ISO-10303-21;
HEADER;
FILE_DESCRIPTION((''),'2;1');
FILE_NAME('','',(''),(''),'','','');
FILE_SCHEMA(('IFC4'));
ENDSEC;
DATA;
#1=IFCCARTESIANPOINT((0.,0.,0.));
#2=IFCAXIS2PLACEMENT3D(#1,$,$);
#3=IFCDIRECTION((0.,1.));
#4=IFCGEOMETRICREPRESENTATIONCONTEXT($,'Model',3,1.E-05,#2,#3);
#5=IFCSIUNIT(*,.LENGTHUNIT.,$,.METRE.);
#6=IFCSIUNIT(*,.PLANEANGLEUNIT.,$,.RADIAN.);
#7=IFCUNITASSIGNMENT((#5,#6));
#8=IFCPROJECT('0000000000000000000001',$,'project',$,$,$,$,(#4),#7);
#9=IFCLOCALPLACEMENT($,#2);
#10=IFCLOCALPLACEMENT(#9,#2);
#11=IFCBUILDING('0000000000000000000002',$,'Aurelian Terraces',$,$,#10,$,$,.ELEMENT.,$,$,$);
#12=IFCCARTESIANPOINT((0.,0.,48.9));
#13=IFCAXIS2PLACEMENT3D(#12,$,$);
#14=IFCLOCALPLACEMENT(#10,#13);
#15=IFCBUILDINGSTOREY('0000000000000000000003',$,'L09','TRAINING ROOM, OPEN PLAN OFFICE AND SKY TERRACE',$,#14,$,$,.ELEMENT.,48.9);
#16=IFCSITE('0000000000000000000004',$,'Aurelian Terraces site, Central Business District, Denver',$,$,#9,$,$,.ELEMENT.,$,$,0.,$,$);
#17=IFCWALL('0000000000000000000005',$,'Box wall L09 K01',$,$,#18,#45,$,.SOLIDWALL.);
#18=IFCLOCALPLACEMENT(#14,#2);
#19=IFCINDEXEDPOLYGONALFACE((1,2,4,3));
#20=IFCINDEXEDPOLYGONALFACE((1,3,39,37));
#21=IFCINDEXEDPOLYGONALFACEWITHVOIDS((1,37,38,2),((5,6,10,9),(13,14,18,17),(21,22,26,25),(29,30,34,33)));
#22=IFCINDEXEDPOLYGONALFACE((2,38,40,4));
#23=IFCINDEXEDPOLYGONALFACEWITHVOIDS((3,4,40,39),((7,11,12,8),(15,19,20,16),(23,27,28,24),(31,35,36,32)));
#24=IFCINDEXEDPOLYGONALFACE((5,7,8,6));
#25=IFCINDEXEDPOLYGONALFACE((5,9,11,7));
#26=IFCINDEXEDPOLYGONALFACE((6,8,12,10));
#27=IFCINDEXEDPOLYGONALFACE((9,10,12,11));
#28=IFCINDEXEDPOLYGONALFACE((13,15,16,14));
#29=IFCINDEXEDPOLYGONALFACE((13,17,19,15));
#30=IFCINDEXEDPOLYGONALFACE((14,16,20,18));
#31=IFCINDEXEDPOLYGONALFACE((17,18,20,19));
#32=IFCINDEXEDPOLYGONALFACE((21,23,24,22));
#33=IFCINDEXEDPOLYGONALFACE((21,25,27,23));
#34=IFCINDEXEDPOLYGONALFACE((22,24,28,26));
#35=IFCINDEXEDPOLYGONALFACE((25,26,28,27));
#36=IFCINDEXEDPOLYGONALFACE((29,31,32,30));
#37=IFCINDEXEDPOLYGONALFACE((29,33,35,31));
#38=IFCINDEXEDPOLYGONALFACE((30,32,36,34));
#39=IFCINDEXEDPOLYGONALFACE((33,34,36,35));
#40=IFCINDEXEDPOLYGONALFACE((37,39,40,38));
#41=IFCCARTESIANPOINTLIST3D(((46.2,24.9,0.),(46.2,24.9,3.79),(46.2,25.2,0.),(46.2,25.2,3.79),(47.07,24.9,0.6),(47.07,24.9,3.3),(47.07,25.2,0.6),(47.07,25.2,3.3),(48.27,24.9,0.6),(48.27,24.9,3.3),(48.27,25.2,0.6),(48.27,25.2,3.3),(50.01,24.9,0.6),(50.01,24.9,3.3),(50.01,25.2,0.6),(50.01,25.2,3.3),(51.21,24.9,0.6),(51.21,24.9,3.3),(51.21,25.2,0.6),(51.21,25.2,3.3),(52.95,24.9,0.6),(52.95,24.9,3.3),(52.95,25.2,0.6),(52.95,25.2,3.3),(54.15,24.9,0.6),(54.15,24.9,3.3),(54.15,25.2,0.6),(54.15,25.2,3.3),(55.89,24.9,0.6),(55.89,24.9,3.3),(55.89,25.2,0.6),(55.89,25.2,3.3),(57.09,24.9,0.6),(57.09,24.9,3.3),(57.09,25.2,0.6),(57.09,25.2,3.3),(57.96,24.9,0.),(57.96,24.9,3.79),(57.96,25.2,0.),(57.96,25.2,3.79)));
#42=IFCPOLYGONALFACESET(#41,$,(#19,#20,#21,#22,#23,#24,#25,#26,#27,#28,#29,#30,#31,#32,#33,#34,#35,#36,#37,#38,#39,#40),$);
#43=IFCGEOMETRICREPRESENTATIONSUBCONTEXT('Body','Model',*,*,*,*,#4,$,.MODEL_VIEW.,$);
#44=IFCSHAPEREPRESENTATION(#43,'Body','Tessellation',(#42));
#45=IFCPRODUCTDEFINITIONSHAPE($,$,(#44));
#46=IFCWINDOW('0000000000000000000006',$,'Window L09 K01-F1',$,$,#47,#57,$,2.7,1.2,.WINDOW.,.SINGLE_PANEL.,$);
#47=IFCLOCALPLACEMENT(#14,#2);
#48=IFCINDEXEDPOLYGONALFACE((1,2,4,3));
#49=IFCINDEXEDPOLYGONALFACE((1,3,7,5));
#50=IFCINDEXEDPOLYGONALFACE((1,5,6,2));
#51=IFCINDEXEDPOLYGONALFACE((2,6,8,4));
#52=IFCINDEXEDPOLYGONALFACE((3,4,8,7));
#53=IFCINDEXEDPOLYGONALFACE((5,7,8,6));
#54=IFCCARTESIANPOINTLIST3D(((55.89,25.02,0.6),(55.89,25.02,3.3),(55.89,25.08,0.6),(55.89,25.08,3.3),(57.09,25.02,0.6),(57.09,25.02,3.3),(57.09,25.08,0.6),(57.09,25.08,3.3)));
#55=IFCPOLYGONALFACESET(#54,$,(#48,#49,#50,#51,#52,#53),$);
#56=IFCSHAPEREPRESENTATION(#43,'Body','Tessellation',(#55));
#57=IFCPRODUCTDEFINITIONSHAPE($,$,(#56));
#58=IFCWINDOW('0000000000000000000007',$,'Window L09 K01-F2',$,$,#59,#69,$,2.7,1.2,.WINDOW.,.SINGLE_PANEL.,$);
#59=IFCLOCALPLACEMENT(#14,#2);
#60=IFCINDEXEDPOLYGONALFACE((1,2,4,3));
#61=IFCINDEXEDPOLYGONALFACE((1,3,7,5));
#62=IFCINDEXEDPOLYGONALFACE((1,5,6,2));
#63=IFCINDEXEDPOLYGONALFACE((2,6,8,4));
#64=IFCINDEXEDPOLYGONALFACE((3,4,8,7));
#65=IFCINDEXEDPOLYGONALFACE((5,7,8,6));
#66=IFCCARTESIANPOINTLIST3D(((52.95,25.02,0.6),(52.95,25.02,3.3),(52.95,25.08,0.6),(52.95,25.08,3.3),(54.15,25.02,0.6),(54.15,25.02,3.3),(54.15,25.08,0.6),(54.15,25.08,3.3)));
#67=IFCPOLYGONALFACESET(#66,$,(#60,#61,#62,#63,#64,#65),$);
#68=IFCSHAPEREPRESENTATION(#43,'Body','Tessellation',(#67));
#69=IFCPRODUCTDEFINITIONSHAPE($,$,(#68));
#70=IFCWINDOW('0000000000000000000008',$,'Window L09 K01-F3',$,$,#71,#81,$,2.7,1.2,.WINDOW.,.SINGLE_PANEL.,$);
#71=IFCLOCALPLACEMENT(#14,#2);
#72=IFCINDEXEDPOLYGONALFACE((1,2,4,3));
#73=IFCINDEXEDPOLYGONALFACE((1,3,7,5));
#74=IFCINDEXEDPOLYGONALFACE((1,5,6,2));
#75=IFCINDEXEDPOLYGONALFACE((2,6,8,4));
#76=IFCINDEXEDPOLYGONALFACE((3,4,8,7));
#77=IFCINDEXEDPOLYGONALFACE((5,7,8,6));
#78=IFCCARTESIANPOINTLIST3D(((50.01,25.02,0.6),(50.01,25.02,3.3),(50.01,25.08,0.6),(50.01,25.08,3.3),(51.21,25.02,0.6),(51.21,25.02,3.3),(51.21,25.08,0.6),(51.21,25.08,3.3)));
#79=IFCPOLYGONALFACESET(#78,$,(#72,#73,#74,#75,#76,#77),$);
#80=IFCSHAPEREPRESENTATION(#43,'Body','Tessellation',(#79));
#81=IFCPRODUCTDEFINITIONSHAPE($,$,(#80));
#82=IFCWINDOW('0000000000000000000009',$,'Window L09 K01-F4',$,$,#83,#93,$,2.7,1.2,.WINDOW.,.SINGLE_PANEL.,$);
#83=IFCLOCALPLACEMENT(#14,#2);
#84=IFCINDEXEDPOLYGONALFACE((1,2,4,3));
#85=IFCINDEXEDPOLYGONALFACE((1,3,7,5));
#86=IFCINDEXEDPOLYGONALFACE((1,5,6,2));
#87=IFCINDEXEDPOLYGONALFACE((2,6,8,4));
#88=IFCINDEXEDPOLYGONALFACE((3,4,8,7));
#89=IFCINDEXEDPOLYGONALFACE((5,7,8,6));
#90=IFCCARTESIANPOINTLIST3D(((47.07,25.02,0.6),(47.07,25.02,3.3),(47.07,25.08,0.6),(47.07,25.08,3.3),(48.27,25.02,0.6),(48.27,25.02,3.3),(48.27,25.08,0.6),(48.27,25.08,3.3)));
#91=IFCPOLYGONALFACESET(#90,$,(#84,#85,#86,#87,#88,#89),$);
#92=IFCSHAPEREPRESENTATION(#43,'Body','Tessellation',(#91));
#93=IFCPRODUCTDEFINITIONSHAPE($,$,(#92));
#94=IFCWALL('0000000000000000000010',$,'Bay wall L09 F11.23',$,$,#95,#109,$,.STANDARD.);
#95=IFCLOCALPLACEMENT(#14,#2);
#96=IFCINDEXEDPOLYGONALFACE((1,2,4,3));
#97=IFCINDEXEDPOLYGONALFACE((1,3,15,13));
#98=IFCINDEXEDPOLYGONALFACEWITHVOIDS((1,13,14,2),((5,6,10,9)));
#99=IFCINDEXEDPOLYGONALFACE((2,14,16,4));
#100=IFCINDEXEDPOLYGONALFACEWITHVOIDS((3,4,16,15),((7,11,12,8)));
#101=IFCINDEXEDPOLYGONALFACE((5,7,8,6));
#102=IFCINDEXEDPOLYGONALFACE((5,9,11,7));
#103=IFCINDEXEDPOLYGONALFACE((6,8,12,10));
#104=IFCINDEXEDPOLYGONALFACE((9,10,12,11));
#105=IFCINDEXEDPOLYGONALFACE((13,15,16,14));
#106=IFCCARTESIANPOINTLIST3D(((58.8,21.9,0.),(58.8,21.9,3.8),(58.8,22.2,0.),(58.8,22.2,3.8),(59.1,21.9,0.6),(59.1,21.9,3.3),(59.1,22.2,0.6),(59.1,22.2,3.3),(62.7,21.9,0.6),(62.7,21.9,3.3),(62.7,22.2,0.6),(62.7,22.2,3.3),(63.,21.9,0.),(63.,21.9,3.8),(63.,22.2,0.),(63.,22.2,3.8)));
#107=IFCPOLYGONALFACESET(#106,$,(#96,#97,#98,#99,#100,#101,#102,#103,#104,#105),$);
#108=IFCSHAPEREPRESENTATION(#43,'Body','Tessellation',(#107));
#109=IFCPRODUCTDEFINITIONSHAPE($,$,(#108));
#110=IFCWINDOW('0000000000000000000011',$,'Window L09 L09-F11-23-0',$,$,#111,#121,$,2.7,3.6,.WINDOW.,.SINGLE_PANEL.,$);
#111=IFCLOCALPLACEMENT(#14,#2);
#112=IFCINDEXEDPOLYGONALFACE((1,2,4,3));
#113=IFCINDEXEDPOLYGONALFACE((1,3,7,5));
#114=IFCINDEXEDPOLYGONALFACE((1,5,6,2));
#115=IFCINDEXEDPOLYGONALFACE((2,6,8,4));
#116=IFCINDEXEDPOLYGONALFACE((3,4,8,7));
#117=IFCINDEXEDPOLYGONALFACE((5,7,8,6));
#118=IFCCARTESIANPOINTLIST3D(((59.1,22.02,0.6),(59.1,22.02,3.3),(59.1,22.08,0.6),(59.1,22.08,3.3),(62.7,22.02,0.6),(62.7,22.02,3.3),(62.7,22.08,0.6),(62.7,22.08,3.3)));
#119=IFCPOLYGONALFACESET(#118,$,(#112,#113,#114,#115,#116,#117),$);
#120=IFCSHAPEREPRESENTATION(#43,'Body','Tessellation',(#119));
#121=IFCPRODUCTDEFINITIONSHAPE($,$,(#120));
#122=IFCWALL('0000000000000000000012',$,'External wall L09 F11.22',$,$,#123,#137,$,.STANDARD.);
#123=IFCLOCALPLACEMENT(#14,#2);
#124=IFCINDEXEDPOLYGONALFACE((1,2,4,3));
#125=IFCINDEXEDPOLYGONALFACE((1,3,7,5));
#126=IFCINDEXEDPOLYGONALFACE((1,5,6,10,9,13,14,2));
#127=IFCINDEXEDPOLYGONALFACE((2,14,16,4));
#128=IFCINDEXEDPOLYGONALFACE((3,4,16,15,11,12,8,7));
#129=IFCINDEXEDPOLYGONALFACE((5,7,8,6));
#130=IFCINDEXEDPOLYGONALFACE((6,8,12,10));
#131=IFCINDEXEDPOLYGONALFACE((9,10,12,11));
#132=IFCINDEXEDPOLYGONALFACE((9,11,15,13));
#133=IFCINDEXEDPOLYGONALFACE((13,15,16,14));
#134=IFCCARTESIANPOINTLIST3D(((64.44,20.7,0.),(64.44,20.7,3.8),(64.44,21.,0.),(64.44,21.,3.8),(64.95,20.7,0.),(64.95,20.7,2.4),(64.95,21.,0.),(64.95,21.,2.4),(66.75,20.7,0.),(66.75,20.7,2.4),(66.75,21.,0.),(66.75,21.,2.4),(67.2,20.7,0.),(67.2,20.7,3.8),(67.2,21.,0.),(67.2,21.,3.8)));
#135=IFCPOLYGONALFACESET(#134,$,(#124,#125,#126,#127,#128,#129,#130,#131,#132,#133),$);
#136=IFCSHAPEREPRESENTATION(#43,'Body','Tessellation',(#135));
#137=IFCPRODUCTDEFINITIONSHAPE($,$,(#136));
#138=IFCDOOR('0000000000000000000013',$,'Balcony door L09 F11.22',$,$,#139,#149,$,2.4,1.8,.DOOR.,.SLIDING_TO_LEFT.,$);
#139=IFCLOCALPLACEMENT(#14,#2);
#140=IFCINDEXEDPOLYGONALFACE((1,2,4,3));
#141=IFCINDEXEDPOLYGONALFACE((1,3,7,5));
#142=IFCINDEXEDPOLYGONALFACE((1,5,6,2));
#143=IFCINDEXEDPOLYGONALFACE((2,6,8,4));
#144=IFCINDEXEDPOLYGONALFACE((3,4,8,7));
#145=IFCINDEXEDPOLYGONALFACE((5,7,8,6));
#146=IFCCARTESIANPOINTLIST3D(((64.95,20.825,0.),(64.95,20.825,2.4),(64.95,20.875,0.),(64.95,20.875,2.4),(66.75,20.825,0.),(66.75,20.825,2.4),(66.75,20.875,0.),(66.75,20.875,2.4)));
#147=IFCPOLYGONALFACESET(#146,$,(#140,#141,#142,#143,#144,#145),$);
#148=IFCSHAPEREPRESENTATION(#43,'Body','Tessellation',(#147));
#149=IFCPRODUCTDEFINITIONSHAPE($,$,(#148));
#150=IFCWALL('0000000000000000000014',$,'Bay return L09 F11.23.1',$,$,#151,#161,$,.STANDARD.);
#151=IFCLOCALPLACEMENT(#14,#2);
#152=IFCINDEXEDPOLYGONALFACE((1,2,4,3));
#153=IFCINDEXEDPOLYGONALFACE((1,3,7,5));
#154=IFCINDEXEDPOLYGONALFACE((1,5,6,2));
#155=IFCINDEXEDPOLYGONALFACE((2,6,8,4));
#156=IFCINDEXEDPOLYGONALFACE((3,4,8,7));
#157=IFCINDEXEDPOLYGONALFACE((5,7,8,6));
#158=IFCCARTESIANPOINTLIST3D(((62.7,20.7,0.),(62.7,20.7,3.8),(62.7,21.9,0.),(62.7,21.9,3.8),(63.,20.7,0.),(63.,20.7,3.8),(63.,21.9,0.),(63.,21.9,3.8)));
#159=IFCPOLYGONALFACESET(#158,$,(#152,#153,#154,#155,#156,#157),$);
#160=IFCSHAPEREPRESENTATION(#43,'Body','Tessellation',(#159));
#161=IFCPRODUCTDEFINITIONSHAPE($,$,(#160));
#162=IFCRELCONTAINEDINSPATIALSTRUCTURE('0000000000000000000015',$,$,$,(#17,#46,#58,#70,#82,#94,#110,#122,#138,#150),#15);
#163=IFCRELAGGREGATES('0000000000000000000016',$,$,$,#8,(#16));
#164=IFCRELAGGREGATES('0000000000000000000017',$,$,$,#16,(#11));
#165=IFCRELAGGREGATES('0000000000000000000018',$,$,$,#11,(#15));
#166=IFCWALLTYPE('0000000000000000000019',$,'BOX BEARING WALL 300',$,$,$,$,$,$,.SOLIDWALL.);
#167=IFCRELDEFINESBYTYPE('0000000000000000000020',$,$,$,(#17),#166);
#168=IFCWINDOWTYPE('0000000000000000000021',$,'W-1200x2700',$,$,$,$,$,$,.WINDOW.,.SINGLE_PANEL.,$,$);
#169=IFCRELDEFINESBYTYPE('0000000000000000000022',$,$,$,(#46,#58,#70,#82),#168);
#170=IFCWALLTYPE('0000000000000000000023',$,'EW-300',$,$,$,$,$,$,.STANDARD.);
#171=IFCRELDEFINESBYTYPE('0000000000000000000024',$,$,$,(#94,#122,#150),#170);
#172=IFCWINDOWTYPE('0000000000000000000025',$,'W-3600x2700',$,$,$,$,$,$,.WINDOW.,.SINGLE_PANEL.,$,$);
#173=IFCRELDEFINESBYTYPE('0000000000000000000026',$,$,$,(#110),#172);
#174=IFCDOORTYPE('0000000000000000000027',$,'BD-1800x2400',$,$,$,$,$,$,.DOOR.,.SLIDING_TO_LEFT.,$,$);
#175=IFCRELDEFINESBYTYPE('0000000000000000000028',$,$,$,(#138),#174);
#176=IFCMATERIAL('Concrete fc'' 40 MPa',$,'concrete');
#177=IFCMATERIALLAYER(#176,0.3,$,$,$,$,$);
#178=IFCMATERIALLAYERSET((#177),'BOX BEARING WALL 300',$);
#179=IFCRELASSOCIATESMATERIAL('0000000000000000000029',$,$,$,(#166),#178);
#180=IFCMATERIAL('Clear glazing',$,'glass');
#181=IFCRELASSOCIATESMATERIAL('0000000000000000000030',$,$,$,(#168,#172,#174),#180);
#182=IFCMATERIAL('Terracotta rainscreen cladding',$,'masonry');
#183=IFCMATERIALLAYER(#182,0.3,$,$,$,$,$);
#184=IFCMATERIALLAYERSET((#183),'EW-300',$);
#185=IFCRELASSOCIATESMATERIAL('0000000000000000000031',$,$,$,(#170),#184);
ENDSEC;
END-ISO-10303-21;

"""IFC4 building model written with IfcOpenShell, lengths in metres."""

from ifc_helpers import new_model, si_unit, direction, frame, frame_2d, origin, place, context, subcontext, project, spatial, rectangle, extrude, source, transform, mapped, material, layer, layer_set, type_object, element, fill, save


model = new_model("IFC4")

# Units and contexts
model_context = context("Model", 3, precision=1e-05, world=origin(), true_north=direction((0.0, 1.0)))
body_context = subcontext(model_context, "Body", "Model", "MODEL_VIEW")
ifc_project = project(units=[si_unit("LENGTHUNIT", "METRE"), si_unit("PLANEANGLEUNIT", "RADIAN")], contexts=[model_context])

# Site, building, storey
site_placement = place(None, origin())
site = spatial("IfcSite", under=ifc_project, at=site_placement, Name="Aurelian Terraces site, Central Business District, Denver", CompositionType="ELEMENT", RefElevation=0.0)
building_placement = place(site_placement, origin())
building = spatial("IfcBuilding", under=site, at=building_placement, Name="Aurelian Terraces", CompositionType="ELEMENT")
storey_placement = place(building_placement, frame((0.0, 0.0, 48.9)))
storey = spatial("IfcBuildingStorey", under=building, at=storey_placement, Name="L09", Description="TRAINING ROOM, OPEN PLAN OFFICE AND SKY TERRACE", CompositionType="ELEMENT", Elevation=48.9)

# Wall, openings, windows
ifc_material_1 = material(Name="Concrete fc' 40 MPa", Category="concrete")
ifc_layer_1 = layer(ifc_material_1, 0.3)
ifc_layer_set_1 = layer_set([ifc_layer_1], Name="BOX BEARING WALL 300")
wall_type_1 = type_object("IfcWallType", Name="BOX BEARING WALL 300", PredefinedType="SOLIDWALL", material=ifc_layer_set_1)
wall_1_placement = place(storey_placement, frame((57.96, 25.05, 0.0), z_axis=(0.0, 0.0, 1.0), x_axis=(-1.0, 0.0, 0.0)))
wall_1 = element("IfcWall", 1, at=wall_1_placement, inside=storey, type_object=wall_type_1, Name="Box wall L09 K01", PredefinedType="SOLIDWALL", context=body_context, shape_type="SweptSolid", body=[
    extrude(rectangle(XDim=11.76, YDim=0.3, at=frame_2d((5.88, 0.0))), origin(), (0.0, 0.0, 1.0), 3.79),
])
shared_shape_1 = source(origin(), body_context, "Body", "SweptSolid", [
    extrude(rectangle(XDim=1.2, YDim=2.7, at=frame_2d((0.6, 1.35))), frame((0.0, 0.16, 0.0), z_axis=(0.0, -1.0, 0.0), x_axis=(1.0, 0.0, 0.0)), (0.0, 0.0, 1.0), 0.32),
])
opening_1_placement = place(wall_1_placement, frame((0.87, 0.0, 0.6)))
opening_1 = element("IfcOpeningElement", 2, at=opening_1_placement, cuts=wall_1, PredefinedType="OPENING", context=body_context, shape_type="MappedRepresentation", body=[
    mapped(shared_shape_1, transform((0.0, 0.0, 0.0), scale=1.0)),
])
opening_2_placement = place(wall_1_placement, frame((3.81, 0.0, 0.6)))
opening_2 = element("IfcOpeningElement", 3, at=opening_2_placement, cuts=wall_1, PredefinedType="OPENING", context=body_context, shape_type="MappedRepresentation", body=[
    mapped(shared_shape_1, transform((0.0, 0.0, 0.0), scale=1.0)),
])
opening_3_placement = place(wall_1_placement, frame((6.75, 0.0, 0.6)))
opening_3 = element("IfcOpeningElement", 4, at=opening_3_placement, cuts=wall_1, PredefinedType="OPENING", context=body_context, shape_type="MappedRepresentation", body=[
    mapped(shared_shape_1, transform((0.0, 0.0, 0.0), scale=1.0)),
])
opening_4_placement = place(wall_1_placement, frame((9.69, 0.0, 0.6)))
opening_4 = element("IfcOpeningElement", 5, at=opening_4_placement, cuts=wall_1, PredefinedType="OPENING", context=body_context, shape_type="MappedRepresentation", body=[
    mapped(shared_shape_1, transform((0.0, 0.0, 0.0), scale=1.0)),
])
ifc_material_2 = material(Name="Clear glazing", Category="glass")
window_type_1 = type_object("IfcWindowType", Name="W-1200x2700", PartitioningType="SINGLE_PANEL", PredefinedType="WINDOW", material=ifc_material_2)
shared_shape_2 = source(origin(), body_context, "Body", "SweptSolid", [
    extrude(rectangle(XDim=1.2, YDim=2.7, at=frame_2d((0.6, 1.35))), frame((0.0, 0.03, 0.0), z_axis=(0.0, -1.0, 0.0), x_axis=(1.0, 0.0, 0.0)), (0.0, 0.0, 1.0), 0.06),
])
window_1_placement = place(opening_1_placement, origin())
window_1 = element("IfcWindow", 6, at=window_1_placement, inside=storey, type_object=window_type_1, Name="Window L09 K01-F1", OverallHeight=2.7, OverallWidth=1.2, PartitioningType="SINGLE_PANEL", PredefinedType="WINDOW", context=body_context, shape_type="MappedRepresentation", body=[
    mapped(shared_shape_2, transform((0.0, 0.0, 0.0), scale=1.0)),
])
fill(opening_1, window_1)
window_2_placement = place(opening_2_placement, origin())
window_2 = element("IfcWindow", 7, at=window_2_placement, inside=storey, type_object=window_type_1, Name="Window L09 K01-F2", OverallHeight=2.7, OverallWidth=1.2, PartitioningType="SINGLE_PANEL", PredefinedType="WINDOW", context=body_context, shape_type="MappedRepresentation", body=[
    mapped(shared_shape_2, transform((0.0, 0.0, 0.0), scale=1.0)),
])
fill(opening_2, window_2)
window_3_placement = place(opening_3_placement, origin())
window_3 = element("IfcWindow", 8, at=window_3_placement, inside=storey, type_object=window_type_1, Name="Window L09 K01-F3", OverallHeight=2.7, OverallWidth=1.2, PartitioningType="SINGLE_PANEL", PredefinedType="WINDOW", context=body_context, shape_type="MappedRepresentation", body=[
    mapped(shared_shape_2, transform((0.0, 0.0, 0.0), scale=1.0)),
])
fill(opening_3, window_3)
window_4_placement = place(opening_4_placement, origin())
window_4 = element("IfcWindow", 9, at=window_4_placement, inside=storey, type_object=window_type_1, Name="Window L09 K01-F4", OverallHeight=2.7, OverallWidth=1.2, PartitioningType="SINGLE_PANEL", PredefinedType="WINDOW", context=body_context, shape_type="MappedRepresentation", body=[
    mapped(shared_shape_2, transform((0.0, 0.0, 0.0), scale=1.0)),
])
fill(opening_4, window_4)

# Wall, opening, window
ifc_material_3 = material(Name="Terracotta rainscreen cladding", Category="masonry")
ifc_layer_2 = layer(ifc_material_3, 0.3)
ifc_layer_set_2 = layer_set([ifc_layer_2], Name="EW-300")
wall_type_2 = type_object("IfcWallType", Name="EW-300", PredefinedType="STANDARD", material=ifc_layer_set_2)
shared_shape_3 = source(origin(), body_context, "Body", "SweptSolid", [
    extrude(rectangle(XDim=4.2, YDim=0.3, at=frame_2d((2.1, 0.0))), origin(), (0.0, 0.0, 1.0), 3.8),
])
wall_2_placement = place(storey_placement, frame((63.0, 22.05, 0.0), z_axis=(0.0, 0.0, 1.0), x_axis=(-1.0, 0.0, 0.0)))
wall_2 = element("IfcWall", 10, at=wall_2_placement, inside=storey, type_object=wall_type_2, Name="Bay wall L09 F11.23", PredefinedType="STANDARD", context=body_context, shape_type="MappedRepresentation", body=[
    mapped(shared_shape_3, transform((0.0, 0.0, 0.0), scale=1.0)),
])
shared_shape_4 = source(origin(), body_context, "Body", "SweptSolid", [
    extrude(rectangle(XDim=3.6, YDim=2.7, at=frame_2d((1.8, 1.35))), frame((0.0, 0.16, 0.0), z_axis=(0.0, -1.0, 0.0), x_axis=(1.0, 0.0, 0.0)), (0.0, 0.0, 1.0), 0.32),
])
opening_5_placement = place(wall_2_placement, frame((0.3, 0.0, 0.6)))
opening_5 = element("IfcOpeningElement", 11, at=opening_5_placement, cuts=wall_2, PredefinedType="OPENING", context=body_context, shape_type="MappedRepresentation", body=[
    mapped(shared_shape_4, transform((0.0, 0.0, 0.0), scale=1.0)),
])
window_type_2 = type_object("IfcWindowType", Name="W-3600x2700", PartitioningType="SINGLE_PANEL", PredefinedType="WINDOW", material=ifc_material_2)
shared_shape_5 = source(origin(), body_context, "Body", "SweptSolid", [
    extrude(rectangle(XDim=3.6, YDim=2.7, at=frame_2d((1.8, 1.35))), frame((0.0, 0.03, 0.0), z_axis=(0.0, -1.0, 0.0), x_axis=(1.0, 0.0, 0.0)), (0.0, 0.0, 1.0), 0.06),
])
window_5_placement = place(opening_5_placement, origin())
window_5 = element("IfcWindow", 12, at=window_5_placement, inside=storey, type_object=window_type_2, Name="Window L09 L09-F11-23-0", OverallHeight=2.7, OverallWidth=3.6, PartitioningType="SINGLE_PANEL", PredefinedType="WINDOW", context=body_context, shape_type="MappedRepresentation", body=[
    mapped(shared_shape_5, transform((0.0, 0.0, 0.0), scale=1.0)),
])
fill(opening_5, window_5)

# Wall, opening, door
shared_shape_6 = source(origin(), body_context, "Body", "SweptSolid", [
    extrude(rectangle(XDim=2.76, YDim=0.3, at=frame_2d((1.38, 0.0))), origin(), (0.0, 0.0, 1.0), 3.8),
])
wall_3_placement = place(storey_placement, frame((67.2, 20.85, 0.0), z_axis=(0.0, 0.0, 1.0), x_axis=(-1.0, 0.0, 0.0)))
wall_3 = element("IfcWall", 13, at=wall_3_placement, inside=storey, type_object=wall_type_2, Name="External wall L09 F11.22", PredefinedType="STANDARD", context=body_context, shape_type="MappedRepresentation", body=[
    mapped(shared_shape_6, transform((0.0, 0.0, 0.0), scale=1.0)),
])
shared_shape_7 = source(origin(), body_context, "Body", "SweptSolid", [
    extrude(rectangle(XDim=1.8, YDim=2.4, at=frame_2d((0.9, 1.2))), frame((0.0, 0.16, 0.0), z_axis=(0.0, -1.0, 0.0), x_axis=(1.0, 0.0, 0.0)), (0.0, 0.0, 1.0), 0.32),
])
opening_6_placement = place(wall_3_placement, frame((0.45, 0.0, 0.0)))
opening_6 = element("IfcOpeningElement", 14, at=opening_6_placement, cuts=wall_3, PredefinedType="OPENING", context=body_context, shape_type="MappedRepresentation", body=[
    mapped(shared_shape_7, transform((0.0, 0.0, 0.0), scale=1.0)),
])
door_type = type_object("IfcDoorType", Name="BD-1800x2400", OperationType="SLIDING_TO_LEFT", PredefinedType="DOOR", material=ifc_material_2)
shared_shape_8 = source(origin(), body_context, "Body", "SweptSolid", [
    extrude(rectangle(XDim=1.8, YDim=2.4, at=frame_2d((0.9, 1.2))), frame((0.0, 0.025, 0.0), z_axis=(0.0, -1.0, 0.0), x_axis=(1.0, 0.0, 0.0)), (0.0, 0.0, 1.0), 0.05),
])
door_placement = place(opening_6_placement, origin())
door = element("IfcDoor", 15, at=door_placement, inside=storey, type_object=door_type, Name="Balcony door L09 F11.22", OperationType="SLIDING_TO_LEFT", OverallHeight=2.4, OverallWidth=1.8, PredefinedType="DOOR", context=body_context, shape_type="MappedRepresentation", body=[
    mapped(shared_shape_8, transform((0.0, 0.0, 0.0), scale=1.0)),
])
fill(opening_6, door)

# Wall
shared_shape_9 = source(origin(), body_context, "Body", "SweptSolid", [
    extrude(rectangle(XDim=1.2, YDim=0.3, at=frame_2d((0.6, 0.0))), origin(), (0.0, 0.0, 1.0), 3.8),
])
wall_4_placement = place(storey_placement, frame((62.85, 20.7, 0.0), z_axis=(0.0, 0.0, 1.0), x_axis=(0.0, 1.0, 0.0)))
element("IfcWall", 16, at=wall_4_placement, inside=storey, type_object=wall_type_2, Name="Bay return L09 F11.23.1", PredefinedType="STANDARD", context=body_context, shape_type="MappedRepresentation", body=[
    mapped(shared_shape_9, transform((0.0, 0.0, 0.0), scale=1.0)),
])

save(model, "model.ifc")
